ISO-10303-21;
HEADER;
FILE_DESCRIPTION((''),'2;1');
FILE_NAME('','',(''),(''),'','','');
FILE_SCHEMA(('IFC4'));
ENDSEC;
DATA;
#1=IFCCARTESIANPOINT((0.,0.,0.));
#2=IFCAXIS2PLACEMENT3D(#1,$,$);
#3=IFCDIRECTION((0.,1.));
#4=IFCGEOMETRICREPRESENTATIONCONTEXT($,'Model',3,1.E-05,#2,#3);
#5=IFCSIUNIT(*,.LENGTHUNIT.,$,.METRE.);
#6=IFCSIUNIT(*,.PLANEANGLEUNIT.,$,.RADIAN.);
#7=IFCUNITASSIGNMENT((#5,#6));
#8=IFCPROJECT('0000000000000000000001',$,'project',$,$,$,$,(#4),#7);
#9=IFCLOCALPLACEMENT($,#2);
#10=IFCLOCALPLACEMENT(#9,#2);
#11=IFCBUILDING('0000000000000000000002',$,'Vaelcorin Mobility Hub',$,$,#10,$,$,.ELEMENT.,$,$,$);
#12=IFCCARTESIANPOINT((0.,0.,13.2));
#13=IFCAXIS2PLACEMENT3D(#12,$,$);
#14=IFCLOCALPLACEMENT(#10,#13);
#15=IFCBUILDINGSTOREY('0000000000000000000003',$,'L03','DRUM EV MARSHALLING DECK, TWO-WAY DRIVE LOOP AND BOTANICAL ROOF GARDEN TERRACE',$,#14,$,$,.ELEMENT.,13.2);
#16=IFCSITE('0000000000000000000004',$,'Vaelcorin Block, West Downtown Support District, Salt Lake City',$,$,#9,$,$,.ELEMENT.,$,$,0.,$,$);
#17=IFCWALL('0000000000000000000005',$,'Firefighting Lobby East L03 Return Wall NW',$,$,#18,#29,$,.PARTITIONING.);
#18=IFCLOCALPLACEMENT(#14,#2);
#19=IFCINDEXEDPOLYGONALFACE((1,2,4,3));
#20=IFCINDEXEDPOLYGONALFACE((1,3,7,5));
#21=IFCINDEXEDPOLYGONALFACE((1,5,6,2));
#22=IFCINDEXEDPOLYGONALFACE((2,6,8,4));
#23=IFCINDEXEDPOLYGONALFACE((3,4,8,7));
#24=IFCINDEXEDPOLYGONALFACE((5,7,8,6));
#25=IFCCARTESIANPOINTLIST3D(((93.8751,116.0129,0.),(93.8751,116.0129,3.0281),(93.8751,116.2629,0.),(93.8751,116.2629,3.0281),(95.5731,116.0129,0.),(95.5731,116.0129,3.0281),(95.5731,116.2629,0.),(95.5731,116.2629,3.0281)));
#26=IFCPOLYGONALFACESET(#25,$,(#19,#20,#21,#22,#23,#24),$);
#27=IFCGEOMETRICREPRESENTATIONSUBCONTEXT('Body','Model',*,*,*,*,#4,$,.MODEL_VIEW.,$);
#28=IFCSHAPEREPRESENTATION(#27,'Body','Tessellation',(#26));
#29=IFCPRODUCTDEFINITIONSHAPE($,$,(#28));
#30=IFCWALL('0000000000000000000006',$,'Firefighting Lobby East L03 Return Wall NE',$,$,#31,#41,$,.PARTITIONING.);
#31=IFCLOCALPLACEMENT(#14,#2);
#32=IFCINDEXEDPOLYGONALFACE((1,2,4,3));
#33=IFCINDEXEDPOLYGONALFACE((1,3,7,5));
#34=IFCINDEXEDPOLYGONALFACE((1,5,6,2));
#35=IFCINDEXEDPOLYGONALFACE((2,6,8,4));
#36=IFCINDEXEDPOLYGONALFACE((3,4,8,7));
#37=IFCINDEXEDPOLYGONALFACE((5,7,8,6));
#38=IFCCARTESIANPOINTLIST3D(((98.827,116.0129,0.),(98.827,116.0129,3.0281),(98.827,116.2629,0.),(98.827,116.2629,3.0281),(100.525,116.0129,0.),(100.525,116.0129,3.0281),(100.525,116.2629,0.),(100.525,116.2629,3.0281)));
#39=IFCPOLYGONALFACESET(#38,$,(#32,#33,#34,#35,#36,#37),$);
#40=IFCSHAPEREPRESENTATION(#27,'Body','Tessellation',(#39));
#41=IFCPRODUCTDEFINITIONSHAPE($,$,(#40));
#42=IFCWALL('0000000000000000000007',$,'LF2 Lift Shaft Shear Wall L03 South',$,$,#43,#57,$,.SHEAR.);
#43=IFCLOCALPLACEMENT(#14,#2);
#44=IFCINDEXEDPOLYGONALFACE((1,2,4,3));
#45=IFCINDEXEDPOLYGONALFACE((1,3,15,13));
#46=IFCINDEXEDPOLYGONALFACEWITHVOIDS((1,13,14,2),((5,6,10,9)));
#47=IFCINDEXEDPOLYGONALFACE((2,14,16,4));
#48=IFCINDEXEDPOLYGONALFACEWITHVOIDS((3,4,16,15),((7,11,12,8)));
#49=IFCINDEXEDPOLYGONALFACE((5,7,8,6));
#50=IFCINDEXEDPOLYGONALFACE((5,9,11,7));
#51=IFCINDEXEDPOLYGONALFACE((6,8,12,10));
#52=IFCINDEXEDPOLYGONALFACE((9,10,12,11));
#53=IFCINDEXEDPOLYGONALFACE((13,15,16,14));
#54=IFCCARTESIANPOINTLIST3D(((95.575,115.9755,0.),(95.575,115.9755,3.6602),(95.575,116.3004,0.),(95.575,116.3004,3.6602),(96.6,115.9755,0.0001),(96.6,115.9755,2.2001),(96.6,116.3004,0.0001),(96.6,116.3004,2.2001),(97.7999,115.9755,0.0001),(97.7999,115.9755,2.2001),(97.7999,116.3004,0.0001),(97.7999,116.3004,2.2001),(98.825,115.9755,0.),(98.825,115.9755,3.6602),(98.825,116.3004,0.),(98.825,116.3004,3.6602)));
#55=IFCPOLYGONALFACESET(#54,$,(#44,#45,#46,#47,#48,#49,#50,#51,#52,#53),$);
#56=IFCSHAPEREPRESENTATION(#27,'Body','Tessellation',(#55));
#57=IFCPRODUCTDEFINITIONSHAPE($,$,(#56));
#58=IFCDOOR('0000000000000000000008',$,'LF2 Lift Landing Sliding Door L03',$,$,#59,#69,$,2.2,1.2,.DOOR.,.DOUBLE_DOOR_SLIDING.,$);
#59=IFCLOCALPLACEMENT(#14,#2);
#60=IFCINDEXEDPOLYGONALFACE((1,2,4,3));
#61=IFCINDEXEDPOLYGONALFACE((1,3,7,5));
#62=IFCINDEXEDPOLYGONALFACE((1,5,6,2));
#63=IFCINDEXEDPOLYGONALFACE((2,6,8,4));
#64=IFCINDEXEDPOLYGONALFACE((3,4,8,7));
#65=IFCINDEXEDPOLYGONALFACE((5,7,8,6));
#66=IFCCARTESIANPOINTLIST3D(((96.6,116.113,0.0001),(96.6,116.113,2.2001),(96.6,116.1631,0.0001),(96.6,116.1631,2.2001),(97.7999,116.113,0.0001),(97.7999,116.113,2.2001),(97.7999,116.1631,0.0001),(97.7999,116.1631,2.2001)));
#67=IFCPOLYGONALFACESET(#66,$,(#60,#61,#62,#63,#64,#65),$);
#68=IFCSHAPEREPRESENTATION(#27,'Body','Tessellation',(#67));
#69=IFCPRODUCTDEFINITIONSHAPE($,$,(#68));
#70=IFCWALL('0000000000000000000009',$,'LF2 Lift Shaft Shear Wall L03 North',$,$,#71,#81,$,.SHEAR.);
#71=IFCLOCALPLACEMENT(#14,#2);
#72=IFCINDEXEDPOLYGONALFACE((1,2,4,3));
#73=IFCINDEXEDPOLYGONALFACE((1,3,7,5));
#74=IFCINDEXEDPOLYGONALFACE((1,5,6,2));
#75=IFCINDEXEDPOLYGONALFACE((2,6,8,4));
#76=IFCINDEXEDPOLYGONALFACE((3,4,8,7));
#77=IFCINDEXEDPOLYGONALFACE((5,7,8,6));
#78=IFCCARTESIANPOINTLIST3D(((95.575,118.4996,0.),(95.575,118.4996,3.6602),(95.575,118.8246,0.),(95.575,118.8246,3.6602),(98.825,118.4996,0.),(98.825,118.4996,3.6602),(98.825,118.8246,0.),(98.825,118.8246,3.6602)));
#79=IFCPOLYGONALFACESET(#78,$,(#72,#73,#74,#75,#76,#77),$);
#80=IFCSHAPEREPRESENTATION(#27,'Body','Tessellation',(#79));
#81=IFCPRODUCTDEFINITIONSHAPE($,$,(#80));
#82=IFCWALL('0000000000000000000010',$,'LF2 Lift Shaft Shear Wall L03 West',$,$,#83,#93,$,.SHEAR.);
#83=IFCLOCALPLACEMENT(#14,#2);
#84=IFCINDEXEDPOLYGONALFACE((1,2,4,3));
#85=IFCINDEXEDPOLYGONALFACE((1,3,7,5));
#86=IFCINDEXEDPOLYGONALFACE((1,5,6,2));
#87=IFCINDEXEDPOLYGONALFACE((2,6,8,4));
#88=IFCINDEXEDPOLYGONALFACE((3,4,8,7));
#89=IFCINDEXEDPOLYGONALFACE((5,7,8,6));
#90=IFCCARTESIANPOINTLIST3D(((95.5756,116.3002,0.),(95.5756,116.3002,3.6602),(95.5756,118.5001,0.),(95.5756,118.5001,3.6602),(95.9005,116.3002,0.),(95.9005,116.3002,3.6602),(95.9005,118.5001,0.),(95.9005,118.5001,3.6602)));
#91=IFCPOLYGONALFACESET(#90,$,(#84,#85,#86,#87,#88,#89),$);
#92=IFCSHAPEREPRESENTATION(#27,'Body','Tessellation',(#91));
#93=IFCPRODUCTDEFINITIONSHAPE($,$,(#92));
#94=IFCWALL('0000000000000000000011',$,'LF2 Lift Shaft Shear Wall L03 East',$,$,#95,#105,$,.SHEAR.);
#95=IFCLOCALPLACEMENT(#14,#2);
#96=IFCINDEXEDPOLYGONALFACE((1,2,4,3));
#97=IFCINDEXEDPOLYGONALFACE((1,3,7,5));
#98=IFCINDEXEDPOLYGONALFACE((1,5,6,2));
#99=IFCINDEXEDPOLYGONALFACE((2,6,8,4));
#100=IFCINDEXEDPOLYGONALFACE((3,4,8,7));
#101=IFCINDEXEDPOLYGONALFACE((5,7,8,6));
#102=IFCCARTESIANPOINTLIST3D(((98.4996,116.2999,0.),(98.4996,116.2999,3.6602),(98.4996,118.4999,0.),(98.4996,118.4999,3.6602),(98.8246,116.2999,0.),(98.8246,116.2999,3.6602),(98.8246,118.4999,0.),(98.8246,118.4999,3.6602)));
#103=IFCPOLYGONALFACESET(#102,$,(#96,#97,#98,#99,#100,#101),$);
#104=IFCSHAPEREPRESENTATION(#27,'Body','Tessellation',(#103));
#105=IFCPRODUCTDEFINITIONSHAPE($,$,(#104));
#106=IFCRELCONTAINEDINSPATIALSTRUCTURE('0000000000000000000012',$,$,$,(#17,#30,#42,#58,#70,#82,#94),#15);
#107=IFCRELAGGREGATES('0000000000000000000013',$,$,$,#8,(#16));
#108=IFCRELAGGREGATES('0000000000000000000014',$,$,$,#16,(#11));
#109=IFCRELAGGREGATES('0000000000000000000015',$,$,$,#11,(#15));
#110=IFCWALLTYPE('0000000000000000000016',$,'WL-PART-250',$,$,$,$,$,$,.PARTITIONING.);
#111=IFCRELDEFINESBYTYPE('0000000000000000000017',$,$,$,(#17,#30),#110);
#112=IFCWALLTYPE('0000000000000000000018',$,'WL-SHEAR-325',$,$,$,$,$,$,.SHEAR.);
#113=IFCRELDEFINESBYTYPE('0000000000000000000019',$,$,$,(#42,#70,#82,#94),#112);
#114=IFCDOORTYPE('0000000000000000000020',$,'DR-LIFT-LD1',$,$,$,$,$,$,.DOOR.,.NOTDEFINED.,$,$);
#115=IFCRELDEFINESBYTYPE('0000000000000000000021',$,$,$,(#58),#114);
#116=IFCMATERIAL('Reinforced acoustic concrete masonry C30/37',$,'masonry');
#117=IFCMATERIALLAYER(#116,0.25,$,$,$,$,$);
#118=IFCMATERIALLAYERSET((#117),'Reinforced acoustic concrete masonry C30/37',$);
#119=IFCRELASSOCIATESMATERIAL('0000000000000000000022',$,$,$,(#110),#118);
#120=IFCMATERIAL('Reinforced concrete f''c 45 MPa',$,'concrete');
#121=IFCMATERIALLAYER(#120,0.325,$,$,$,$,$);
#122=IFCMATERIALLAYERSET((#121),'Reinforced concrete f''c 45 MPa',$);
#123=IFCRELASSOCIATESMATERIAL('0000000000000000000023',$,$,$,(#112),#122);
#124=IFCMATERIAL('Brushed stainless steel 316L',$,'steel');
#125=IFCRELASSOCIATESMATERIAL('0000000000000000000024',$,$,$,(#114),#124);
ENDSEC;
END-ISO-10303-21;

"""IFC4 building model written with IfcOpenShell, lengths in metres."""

from ifc_helpers import new_model, si_unit, direction, frame, frame_2d, origin, place, context, subcontext, project, spatial, rectangle, extrude, material, layer, layer_set, type_object, element, fill, save


model = new_model("IFC4")

# Units and contexts
model_context = context("Model", 3, precision=1e-05, world=origin(), true_north=direction((0.0, 1.0)))
body_context = subcontext(model_context, "Body", "Model", "MODEL_VIEW")
ifc_project = project(units=[si_unit("LENGTHUNIT", "METRE"), si_unit("PLANEANGLEUNIT", "RADIAN")], contexts=[model_context])

# Site, building, storey
site_placement = place(None, origin())
site = spatial("IfcSite", under=ifc_project, at=site_placement, Name="Vaelcorin Block, West Downtown Support District, Salt Lake City", CompositionType="ELEMENT", RefElevation=0.0)
building_placement = place(site_placement, origin())
building = spatial("IfcBuilding", under=site, at=building_placement, Name="Vaelcorin Mobility Hub", CompositionType="ELEMENT")
storey_placement = place(building_placement, frame((0.0, 0.0, 13.2)))
storey = spatial("IfcBuildingStorey", under=building, at=storey_placement, Name="L03", Description="DRUM EV MARSHALLING DECK, TWO-WAY DRIVE LOOP AND BOTANICAL ROOF GARDEN TERRACE", CompositionType="ELEMENT", Elevation=13.2)

# Walls
ifc_material_1 = material(Name="Reinforced acoustic concrete masonry C30/37", Category="masonry")
ifc_layer_1 = layer(ifc_material_1, 0.25)
ifc_layer_set_1 = layer_set([ifc_layer_1], Name="Reinforced acoustic concrete masonry C30/37")
wall_type_1 = type_object("IfcWallType", Name="WL-PART-250", PredefinedType="PARTITIONING", material=ifc_layer_set_1)
for number, where, z_axis, x_axis, name in (
    (1, (93.875, 116.1379, 0.0), (0.0, 0.0, 1.0), (1.0, 0.0, 0.0), "Firefighting Lobby East L03 Return Wall NW"),
    (2, (98.8269, 116.1379, 0.0), (0.0, 0.0, 1.0), (1.0, 0.0, 0.0), "Firefighting Lobby East L03 Return Wall NE"),
):
    element("IfcWall", number, at=place(storey_placement, frame(where, z_axis=z_axis, x_axis=x_axis)), inside=storey, type_object=wall_type_1, Name=name, PredefinedType="PARTITIONING", context=body_context, shape_type="SweptSolid", body=[
        extrude(rectangle(XDim=1.698, YDim=0.25, at=frame_2d((0.8491, 0.0))), origin(), (0.0, 0.0, 1.0), 3.0281),
    ])

# Wall, opening, door
ifc_material_2 = material(Name="Reinforced concrete f'c 45 MPa", Category="concrete")
ifc_layer_2 = layer(ifc_material_2, 0.325)
ifc_layer_set_2 = layer_set([ifc_layer_2], Name="Reinforced concrete f'c 45 MPa")
wall_type_2 = type_object("IfcWallType", Name="WL-SHEAR-325", PredefinedType="SHEAR", material=ifc_layer_set_2)
wall_1_placement = place(storey_placement, frame((98.825, 116.1379, 0.0), z_axis=(0.0, 0.0, 1.0), x_axis=(-1.0, 0.0, 0.0)))
wall_1 = element("IfcWall", 3, at=wall_1_placement, inside=storey, type_object=wall_type_2, Name="LF2 Lift Shaft Shear Wall L03 South", PredefinedType="SHEAR", context=body_context, shape_type="SweptSolid", body=[
    extrude(rectangle(XDim=3.25, YDim=0.325, at=frame_2d((1.625, 0.0))), origin(), (0.0, 0.0, 1.0), 3.6602),
])
opening_placement = place(wall_1_placement, frame((1.0249, 0.0, 0.0)))
opening = element("IfcOpeningElement", 4, at=opening_placement, cuts=wall_1, PredefinedType="OPENING", context=body_context, shape_type="SweptSolid", body=[
    extrude(rectangle(XDim=1.2, YDim=2.2, at=frame_2d((0.6001, 1.1001))), frame((0.0, 0.1724, 0.0), z_axis=(0.0, -1.0, 0.0), x_axis=(1.0, 0.0, 0.0)), (0.0, 0.0, 1.0), 0.345),
])
ifc_material_3 = material(Name="Brushed stainless steel 316L", Category="steel")
door_type = type_object("IfcDoorType", Name="DR-LIFT-LD1", OperationType="NOTDEFINED", PredefinedType="DOOR", material=ifc_material_3)
door_placement = place(opening_placement, origin())
door = element("IfcDoor", 5, at=door_placement, inside=storey, type_object=door_type, Name="LF2 Lift Landing Sliding Door L03", OperationType="DOUBLE_DOOR_SLIDING", OverallHeight=2.2, OverallWidth=1.2, PredefinedType="DOOR", context=body_context, shape_type="SweptSolid", body=[
    extrude(rectangle(XDim=1.2, YDim=2.2, at=frame_2d((0.6001, 1.1001))), frame((0.0, 0.0249, 0.0), z_axis=(0.0, -1.0, 0.0), x_axis=(1.0, 0.0, 0.0)), (0.0, 0.0, 1.0), 0.05),
])
fill(opening, door)

# Walls
wall_2_placement = place(storey_placement, frame((95.575, 118.6621, 0.0), z_axis=(0.0, 0.0, 1.0), x_axis=(1.0, 0.0, 0.0)))
element("IfcWall", 6, at=wall_2_placement, inside=storey, type_object=wall_type_2, Name="LF2 Lift Shaft Shear Wall L03 North", PredefinedType="SHEAR", context=body_context, shape_type="SweptSolid", body=[
    extrude(rectangle(XDim=3.25, YDim=0.325, at=frame_2d((1.625, 0.0))), origin(), (0.0, 0.0, 1.0), 3.6602),
])
for number, where, z_axis, x_axis, name in (
    (7, (95.738, 116.3, 0.0), (0.0, 0.0, 1.0), (0.0, 1.0, 0.0), "LF2 Lift Shaft Shear Wall L03 West"),
    (8, (98.6621, 118.5, 0.0), (0.0, 0.0, 1.0), (0.0, -1.0, 0.0), "LF2 Lift Shaft Shear Wall L03 East"),
):
    element("IfcWall", number, at=place(storey_placement, frame(where, z_axis=z_axis, x_axis=x_axis)), inside=storey, type_object=wall_type_2, Name=name, PredefinedType="SHEAR", context=body_context, shape_type="SweptSolid", body=[
        extrude(rectangle(XDim=2.2, YDim=0.325, at=frame_2d((1.1001, 0.0))), origin(), (0.0, 0.0, 1.0), 3.6602),
    ])

save(model, "model.ifc")
